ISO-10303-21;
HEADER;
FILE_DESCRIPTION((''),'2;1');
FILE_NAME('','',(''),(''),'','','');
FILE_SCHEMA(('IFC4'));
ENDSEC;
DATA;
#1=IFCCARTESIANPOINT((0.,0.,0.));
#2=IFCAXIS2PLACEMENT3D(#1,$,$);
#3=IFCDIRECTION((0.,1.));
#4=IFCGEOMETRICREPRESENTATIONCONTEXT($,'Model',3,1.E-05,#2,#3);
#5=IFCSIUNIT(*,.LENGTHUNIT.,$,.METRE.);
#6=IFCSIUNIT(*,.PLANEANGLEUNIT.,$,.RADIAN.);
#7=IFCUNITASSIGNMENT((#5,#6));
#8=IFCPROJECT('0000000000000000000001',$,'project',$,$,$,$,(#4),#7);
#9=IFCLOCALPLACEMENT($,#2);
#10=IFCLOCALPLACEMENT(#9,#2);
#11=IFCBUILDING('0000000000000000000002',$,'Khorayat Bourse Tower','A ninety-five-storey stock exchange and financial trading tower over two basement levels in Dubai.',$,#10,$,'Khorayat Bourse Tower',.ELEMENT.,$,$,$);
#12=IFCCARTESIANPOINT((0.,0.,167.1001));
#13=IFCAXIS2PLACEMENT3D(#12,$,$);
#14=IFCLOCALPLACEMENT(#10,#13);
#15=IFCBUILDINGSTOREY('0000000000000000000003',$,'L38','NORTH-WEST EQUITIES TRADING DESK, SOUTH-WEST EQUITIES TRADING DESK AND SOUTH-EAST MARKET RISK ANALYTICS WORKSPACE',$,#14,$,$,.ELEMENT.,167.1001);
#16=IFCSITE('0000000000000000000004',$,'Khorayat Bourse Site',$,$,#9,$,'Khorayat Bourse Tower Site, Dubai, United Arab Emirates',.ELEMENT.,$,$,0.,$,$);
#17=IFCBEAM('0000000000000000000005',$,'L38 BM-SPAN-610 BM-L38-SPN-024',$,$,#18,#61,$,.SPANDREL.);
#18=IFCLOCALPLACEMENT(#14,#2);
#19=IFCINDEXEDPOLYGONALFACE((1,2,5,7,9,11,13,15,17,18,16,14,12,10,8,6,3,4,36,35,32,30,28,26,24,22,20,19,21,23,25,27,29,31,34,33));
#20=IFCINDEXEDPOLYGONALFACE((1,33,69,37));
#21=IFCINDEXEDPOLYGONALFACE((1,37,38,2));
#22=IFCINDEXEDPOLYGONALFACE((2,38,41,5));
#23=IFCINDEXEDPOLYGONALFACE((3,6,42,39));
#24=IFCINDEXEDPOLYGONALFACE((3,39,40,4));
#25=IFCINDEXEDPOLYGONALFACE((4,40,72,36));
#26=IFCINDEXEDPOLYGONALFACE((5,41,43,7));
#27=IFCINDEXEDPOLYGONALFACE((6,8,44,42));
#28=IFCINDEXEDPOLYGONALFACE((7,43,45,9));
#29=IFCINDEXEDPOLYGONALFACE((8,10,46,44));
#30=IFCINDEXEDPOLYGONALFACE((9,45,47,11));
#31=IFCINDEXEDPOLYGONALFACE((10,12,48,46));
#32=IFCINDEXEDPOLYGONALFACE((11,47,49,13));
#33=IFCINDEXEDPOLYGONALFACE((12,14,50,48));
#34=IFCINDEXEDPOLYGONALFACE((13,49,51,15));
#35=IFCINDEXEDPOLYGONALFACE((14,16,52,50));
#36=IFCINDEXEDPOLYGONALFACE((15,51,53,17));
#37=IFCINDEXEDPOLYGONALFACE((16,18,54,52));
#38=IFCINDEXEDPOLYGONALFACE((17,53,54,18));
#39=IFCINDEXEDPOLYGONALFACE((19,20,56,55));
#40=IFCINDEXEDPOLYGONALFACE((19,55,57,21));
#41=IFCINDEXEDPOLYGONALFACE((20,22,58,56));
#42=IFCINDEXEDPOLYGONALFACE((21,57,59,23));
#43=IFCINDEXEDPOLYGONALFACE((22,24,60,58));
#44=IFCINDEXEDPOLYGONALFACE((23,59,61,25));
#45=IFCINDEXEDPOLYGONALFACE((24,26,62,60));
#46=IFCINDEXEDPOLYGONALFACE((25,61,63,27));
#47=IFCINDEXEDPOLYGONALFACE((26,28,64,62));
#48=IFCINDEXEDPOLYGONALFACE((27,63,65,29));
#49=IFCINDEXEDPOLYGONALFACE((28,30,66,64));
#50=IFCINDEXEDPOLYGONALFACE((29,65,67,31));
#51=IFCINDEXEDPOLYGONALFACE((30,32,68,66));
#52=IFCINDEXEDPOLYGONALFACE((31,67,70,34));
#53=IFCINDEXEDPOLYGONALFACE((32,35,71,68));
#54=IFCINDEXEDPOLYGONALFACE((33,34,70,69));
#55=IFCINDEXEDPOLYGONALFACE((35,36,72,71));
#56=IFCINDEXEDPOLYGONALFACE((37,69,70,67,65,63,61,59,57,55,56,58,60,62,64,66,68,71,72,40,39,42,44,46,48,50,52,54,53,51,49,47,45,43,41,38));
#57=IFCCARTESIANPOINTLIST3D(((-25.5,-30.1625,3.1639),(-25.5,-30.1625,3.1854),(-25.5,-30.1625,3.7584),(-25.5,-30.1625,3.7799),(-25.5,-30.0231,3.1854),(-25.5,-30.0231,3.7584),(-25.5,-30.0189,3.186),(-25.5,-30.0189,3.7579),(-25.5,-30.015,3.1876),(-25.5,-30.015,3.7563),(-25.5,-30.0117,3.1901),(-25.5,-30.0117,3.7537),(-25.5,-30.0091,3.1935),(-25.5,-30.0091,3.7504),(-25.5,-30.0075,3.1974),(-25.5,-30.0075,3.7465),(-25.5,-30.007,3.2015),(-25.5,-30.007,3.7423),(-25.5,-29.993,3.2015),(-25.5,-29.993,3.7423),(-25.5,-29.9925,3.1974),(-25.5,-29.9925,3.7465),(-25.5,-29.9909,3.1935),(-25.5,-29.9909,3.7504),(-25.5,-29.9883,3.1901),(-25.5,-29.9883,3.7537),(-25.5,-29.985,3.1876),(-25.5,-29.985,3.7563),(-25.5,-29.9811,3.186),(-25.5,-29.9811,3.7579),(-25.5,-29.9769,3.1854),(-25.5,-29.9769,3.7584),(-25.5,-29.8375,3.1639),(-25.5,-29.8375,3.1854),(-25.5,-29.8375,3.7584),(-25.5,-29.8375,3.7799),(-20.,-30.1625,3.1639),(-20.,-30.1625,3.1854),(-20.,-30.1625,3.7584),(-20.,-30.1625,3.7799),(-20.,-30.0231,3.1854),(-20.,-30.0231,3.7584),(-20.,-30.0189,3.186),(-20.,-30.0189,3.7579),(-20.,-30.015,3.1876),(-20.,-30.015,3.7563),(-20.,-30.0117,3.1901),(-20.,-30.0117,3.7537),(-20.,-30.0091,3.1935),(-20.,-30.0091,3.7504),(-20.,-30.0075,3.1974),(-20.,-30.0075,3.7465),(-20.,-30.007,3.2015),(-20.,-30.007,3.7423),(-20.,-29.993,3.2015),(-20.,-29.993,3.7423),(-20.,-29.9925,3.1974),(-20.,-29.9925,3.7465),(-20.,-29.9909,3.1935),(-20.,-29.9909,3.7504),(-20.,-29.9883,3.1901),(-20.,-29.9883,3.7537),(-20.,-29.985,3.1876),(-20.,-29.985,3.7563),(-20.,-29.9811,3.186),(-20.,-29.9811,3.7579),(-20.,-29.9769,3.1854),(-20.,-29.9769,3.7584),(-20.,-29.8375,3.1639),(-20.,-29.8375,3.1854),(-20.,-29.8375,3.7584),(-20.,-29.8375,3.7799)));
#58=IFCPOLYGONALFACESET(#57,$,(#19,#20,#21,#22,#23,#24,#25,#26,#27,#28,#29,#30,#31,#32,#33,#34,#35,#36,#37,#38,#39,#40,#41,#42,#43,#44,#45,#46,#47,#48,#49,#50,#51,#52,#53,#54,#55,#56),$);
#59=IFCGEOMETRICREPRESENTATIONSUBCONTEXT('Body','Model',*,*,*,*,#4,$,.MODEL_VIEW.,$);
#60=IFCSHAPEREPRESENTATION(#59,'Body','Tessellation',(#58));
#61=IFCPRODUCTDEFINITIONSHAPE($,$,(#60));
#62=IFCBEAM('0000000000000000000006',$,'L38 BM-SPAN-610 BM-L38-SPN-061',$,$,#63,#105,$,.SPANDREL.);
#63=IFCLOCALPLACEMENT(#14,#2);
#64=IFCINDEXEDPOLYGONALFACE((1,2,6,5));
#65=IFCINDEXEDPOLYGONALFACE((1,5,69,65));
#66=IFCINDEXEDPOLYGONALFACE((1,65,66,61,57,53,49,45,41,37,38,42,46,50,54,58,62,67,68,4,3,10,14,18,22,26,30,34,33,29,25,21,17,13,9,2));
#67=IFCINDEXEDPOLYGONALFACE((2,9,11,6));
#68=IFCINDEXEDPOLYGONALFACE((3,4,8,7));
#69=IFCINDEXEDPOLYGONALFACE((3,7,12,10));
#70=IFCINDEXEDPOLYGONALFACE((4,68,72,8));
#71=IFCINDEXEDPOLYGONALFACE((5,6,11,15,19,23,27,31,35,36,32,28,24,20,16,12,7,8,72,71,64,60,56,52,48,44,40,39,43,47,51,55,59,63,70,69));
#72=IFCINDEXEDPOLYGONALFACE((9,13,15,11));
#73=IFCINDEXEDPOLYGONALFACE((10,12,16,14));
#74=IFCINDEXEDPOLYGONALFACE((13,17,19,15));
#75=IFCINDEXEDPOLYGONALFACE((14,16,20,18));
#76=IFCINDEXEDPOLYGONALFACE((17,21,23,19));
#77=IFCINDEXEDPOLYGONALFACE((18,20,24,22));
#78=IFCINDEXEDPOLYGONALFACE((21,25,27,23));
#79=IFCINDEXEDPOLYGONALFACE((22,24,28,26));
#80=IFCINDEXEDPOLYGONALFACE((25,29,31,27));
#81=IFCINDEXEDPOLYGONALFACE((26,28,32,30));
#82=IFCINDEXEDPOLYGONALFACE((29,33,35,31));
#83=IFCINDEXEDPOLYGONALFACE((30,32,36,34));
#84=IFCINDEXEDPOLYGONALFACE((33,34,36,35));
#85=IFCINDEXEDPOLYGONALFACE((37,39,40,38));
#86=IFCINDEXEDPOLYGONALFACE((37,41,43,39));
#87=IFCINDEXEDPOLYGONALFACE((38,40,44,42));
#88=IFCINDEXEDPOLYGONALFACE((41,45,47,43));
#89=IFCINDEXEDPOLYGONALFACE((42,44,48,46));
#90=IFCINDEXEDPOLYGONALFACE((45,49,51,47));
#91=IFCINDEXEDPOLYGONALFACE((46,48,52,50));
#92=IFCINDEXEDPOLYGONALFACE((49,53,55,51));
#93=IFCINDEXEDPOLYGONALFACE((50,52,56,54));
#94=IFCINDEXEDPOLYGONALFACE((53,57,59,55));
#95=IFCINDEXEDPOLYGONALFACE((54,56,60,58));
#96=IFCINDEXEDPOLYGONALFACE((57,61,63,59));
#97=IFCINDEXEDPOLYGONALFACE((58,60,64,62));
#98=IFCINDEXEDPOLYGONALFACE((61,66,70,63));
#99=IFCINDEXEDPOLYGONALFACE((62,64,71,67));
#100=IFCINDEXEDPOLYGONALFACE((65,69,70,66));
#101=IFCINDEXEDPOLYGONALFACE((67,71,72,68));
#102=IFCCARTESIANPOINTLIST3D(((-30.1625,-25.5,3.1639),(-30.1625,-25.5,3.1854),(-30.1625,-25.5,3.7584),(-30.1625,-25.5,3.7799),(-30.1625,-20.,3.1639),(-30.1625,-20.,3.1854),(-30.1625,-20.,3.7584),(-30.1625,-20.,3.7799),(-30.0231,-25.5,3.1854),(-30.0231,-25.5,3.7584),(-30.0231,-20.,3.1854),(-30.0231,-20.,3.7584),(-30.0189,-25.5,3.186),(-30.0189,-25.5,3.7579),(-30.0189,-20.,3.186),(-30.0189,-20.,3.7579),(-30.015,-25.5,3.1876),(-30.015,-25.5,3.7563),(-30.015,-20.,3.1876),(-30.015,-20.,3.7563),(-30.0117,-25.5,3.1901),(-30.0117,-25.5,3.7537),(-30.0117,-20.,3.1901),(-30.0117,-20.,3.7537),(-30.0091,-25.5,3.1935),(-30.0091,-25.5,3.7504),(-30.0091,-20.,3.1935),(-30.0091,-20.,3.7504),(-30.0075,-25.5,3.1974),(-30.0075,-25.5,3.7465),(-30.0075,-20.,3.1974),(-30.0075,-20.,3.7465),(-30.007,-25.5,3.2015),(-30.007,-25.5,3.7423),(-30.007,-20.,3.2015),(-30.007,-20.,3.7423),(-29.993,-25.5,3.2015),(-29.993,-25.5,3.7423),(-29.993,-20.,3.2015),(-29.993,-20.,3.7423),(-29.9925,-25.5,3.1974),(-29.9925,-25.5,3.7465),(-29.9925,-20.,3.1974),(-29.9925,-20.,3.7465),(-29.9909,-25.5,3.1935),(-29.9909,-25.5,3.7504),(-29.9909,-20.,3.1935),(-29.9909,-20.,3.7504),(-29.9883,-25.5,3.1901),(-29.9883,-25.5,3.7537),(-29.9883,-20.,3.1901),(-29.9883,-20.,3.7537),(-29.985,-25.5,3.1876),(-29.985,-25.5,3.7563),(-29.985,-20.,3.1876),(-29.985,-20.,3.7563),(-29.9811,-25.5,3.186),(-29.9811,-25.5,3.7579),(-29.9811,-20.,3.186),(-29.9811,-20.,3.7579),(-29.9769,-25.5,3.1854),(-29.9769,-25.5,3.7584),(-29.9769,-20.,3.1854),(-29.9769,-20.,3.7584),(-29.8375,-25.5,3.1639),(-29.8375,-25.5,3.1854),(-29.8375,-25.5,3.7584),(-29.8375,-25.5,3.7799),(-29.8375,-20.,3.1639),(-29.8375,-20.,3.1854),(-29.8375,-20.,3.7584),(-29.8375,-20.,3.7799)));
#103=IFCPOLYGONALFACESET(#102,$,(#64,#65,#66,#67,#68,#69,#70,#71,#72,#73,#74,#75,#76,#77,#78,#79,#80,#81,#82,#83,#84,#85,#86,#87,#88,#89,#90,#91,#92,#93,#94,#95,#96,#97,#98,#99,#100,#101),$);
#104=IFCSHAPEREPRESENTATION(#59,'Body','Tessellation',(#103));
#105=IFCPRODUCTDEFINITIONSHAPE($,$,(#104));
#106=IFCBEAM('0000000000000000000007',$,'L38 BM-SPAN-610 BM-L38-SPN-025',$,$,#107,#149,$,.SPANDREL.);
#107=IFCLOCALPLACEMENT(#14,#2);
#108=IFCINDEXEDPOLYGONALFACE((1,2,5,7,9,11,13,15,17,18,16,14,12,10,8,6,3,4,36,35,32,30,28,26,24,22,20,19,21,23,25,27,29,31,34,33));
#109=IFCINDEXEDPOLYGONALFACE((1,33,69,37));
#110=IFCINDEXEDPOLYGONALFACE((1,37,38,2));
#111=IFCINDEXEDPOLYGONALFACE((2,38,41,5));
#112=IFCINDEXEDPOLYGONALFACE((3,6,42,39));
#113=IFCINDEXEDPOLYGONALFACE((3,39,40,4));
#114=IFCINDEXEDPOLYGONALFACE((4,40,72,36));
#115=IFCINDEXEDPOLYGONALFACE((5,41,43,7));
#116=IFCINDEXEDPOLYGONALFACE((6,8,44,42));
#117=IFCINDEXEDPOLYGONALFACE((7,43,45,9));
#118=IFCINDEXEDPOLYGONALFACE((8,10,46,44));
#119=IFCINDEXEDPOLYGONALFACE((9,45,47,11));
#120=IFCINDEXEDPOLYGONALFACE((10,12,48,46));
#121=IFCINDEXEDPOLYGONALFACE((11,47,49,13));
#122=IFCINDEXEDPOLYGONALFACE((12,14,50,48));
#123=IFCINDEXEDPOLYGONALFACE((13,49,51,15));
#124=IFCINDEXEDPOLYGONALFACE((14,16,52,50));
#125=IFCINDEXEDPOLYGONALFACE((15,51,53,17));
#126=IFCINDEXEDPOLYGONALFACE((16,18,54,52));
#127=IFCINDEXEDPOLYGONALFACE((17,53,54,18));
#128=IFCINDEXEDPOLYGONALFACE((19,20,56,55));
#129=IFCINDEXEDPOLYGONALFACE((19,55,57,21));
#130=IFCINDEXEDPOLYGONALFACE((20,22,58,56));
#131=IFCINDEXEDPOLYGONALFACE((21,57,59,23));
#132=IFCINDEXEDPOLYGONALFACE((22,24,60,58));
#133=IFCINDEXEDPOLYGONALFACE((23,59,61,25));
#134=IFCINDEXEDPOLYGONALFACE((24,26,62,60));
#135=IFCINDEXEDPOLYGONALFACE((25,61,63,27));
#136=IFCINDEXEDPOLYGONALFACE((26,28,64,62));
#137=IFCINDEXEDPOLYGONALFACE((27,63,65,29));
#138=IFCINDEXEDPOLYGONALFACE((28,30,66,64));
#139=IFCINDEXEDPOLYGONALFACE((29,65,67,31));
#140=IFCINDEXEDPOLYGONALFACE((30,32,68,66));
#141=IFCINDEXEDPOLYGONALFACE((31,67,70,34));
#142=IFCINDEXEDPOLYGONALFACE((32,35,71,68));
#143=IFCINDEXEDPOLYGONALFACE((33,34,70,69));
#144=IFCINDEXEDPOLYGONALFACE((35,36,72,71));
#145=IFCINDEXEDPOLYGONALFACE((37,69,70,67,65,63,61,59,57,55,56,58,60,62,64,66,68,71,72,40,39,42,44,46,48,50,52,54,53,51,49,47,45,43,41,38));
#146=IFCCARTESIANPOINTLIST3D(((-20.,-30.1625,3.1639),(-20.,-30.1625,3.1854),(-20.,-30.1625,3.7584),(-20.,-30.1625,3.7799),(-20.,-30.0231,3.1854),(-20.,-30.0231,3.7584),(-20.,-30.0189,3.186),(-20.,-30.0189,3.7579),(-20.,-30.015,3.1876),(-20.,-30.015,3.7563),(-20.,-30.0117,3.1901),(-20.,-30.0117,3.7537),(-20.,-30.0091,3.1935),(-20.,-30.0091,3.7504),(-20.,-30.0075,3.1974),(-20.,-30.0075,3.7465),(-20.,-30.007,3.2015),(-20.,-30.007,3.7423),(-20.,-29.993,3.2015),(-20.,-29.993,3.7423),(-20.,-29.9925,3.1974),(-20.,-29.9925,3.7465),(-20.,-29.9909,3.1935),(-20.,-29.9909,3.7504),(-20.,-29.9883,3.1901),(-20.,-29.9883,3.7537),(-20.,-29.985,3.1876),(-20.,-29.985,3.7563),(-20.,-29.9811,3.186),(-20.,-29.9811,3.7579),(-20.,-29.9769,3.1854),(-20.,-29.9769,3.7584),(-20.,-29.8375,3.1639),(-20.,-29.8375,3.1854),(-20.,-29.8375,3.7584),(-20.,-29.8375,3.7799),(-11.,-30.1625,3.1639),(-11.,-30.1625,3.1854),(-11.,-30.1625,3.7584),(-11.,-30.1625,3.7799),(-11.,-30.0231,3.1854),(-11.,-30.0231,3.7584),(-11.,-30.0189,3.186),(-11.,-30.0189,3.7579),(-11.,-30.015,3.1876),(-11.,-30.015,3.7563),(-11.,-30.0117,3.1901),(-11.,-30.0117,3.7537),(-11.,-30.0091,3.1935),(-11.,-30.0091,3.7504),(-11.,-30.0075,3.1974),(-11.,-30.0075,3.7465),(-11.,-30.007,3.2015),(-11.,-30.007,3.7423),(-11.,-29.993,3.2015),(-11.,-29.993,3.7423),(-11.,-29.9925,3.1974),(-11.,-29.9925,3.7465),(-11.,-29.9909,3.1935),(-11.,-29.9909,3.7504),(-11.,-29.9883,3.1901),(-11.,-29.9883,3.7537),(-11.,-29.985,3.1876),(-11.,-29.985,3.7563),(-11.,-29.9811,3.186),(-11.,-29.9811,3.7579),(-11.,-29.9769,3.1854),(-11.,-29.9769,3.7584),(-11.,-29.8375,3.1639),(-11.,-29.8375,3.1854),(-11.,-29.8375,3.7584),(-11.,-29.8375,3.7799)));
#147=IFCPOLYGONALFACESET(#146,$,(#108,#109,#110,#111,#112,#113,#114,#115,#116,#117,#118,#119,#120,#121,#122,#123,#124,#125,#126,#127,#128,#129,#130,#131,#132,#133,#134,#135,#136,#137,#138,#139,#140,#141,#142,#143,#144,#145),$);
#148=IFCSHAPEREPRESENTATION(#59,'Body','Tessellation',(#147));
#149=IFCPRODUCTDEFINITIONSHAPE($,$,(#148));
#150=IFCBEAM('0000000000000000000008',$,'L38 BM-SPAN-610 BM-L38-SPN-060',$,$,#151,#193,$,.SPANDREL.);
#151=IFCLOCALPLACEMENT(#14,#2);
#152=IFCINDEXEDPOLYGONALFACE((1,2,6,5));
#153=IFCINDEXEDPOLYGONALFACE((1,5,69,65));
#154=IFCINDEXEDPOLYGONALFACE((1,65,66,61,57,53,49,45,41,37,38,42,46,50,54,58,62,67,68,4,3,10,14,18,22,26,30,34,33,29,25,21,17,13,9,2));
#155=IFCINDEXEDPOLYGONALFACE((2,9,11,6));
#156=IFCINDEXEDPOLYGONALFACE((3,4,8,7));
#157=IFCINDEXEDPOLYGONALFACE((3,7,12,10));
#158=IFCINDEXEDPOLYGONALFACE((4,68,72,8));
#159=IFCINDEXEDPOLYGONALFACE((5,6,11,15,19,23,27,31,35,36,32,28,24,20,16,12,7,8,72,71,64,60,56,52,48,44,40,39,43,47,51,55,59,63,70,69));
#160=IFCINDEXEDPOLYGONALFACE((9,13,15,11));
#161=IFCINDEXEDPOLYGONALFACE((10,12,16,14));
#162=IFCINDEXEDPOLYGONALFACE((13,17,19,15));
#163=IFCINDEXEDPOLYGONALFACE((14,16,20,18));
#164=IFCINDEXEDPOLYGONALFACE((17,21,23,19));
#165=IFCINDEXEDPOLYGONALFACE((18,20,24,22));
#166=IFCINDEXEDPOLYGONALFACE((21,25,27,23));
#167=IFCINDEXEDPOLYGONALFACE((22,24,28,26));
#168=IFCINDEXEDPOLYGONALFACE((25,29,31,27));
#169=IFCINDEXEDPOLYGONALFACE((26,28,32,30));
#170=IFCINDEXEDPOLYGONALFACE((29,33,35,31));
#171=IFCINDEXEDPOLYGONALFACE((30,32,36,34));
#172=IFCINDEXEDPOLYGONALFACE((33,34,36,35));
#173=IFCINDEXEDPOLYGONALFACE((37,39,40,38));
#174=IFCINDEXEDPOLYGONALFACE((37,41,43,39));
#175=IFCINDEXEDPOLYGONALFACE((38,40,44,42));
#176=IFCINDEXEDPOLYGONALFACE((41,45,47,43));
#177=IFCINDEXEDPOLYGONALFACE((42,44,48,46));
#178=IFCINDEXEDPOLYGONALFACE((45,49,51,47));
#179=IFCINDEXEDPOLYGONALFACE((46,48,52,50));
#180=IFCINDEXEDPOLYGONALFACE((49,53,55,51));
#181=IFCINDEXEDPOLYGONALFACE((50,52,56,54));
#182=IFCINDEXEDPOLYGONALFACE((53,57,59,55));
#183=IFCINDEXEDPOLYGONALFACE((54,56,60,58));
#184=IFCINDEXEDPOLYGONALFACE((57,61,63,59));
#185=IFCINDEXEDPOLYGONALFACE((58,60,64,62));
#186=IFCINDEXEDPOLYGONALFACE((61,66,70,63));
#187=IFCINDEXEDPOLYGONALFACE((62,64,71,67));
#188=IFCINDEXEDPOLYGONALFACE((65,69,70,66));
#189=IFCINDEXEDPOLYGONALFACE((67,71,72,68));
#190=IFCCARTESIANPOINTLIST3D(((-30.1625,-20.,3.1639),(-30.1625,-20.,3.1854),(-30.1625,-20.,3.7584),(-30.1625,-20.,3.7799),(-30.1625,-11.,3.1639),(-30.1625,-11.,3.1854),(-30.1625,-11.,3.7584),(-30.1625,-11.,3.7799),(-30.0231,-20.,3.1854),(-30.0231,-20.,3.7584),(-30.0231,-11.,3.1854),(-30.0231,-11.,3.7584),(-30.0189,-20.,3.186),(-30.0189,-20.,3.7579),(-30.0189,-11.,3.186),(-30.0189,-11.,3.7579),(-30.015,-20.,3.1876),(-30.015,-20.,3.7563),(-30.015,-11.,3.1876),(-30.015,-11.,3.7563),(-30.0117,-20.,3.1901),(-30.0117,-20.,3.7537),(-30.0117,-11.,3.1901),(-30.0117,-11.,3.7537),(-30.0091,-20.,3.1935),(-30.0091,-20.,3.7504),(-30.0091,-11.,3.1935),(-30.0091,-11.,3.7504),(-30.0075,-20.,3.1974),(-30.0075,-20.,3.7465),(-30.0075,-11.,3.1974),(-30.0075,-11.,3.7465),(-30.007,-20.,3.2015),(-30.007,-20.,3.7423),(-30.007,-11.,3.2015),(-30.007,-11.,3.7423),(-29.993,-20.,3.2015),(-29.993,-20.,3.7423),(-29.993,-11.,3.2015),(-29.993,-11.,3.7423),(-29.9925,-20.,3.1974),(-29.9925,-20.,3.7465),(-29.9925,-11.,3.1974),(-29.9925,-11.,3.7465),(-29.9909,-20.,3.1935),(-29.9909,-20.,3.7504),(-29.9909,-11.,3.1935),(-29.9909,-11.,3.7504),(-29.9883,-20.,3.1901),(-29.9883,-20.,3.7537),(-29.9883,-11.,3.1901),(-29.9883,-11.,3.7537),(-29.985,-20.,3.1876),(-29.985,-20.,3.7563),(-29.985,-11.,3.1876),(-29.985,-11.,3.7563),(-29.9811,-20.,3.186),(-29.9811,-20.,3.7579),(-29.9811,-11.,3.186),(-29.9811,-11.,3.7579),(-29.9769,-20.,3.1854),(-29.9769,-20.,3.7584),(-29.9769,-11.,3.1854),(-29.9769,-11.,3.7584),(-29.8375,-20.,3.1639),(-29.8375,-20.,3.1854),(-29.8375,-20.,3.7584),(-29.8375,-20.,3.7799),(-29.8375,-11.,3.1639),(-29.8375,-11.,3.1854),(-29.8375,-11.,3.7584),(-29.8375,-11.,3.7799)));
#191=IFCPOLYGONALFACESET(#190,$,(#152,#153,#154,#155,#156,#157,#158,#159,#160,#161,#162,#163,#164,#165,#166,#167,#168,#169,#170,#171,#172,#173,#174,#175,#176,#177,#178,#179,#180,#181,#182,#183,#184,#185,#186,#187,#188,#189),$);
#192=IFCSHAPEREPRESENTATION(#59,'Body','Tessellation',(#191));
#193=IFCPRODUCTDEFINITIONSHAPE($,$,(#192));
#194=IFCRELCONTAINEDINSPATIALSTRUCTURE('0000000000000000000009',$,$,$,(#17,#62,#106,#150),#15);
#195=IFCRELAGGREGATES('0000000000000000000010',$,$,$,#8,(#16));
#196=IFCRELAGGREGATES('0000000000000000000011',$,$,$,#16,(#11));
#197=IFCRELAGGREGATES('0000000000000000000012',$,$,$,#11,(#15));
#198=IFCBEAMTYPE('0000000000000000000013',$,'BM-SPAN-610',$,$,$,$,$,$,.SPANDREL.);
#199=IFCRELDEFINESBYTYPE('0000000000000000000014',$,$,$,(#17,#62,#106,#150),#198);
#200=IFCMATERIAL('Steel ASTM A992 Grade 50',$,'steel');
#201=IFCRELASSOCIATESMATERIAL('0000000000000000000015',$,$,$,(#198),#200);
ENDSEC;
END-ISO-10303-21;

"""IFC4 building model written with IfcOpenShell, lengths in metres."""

from ifc_helpers import new_model, si_unit, direction, frame, origin, origin_2d, place, context, subcontext, project, spatial, i_section, extrude, source, transform, mapped, material, material_profile, profile_set, type_object, element, save


model = new_model("IFC4")

# Units and contexts
model_context = context("Model", 3, precision=1e-05, world=origin(), true_north=direction((0.0, 1.0)))
body_context = subcontext(model_context, "Body", "Model", "MODEL_VIEW")
ifc_project = project(units=[si_unit("LENGTHUNIT", "METRE"), si_unit("PLANEANGLEUNIT", "RADIAN")], contexts=[model_context])

# Site, building, storey
site_placement = place(None, origin())
site = spatial("IfcSite", under=ifc_project, at=site_placement, Name="Khorayat Bourse Site", LongName="Khorayat Bourse Tower Site, Dubai, United Arab Emirates", CompositionType="ELEMENT", RefElevation=0.0)
building_placement = place(site_placement, origin())
building = spatial("IfcBuilding", under=site, at=building_placement, Name="Khorayat Bourse Tower", Description="A ninety-five-storey stock exchange and financial trading tower over two basement levels in Dubai.", LongName="Khorayat Bourse Tower", CompositionType="ELEMENT")
storey_placement = place(building_placement, frame((0.0, 0.0, 167.1001)))
storey = spatial("IfcBuildingStorey", under=building, at=storey_placement, Name="L38", Description="NORTH-WEST EQUITIES TRADING DESK, SOUTH-WEST EQUITIES TRADING DESK AND SOUTH-EAST MARKET RISK ANALYTICS WORKSPACE", CompositionType="ELEMENT", Elevation=167.1001)

# Beams
ifc_material_1 = material(Name="Steel ASTM A992 Grade 50", Category="steel")
ifc_material_profile_1 = material_profile(ifc_material_1, i_section(OverallWidth=0.325, OverallDepth=0.616, WebThickness=0.0139, FlangeThickness=0.0215, FilletRadius=0.0161, at=origin_2d()), Name="W610X174")
ifc_profile_set_1 = profile_set([ifc_material_profile_1], Name="Steel ASTM A992 Grade 50")
beam_type_1 = type_object("IfcBeamType", Name="BM-SPAN-610", PredefinedType="SPANDREL", material=ifc_profile_set_1)
shared_shape_1 = source(origin(), body_context, "Body", "SweptSolid", [
    extrude(i_section(OverallWidth=0.325, OverallDepth=0.616, WebThickness=0.0139, FlangeThickness=0.0215, FilletRadius=0.0161, at=origin_2d()), origin(), (0.0, 0.0, 1.0), 5.5),
])
for number, where, z_axis, x_axis, name in (
    (1, (-25.5, -30.0, 3.4719), (1.0, 0.0, 0.0), (0.0, 1.0, 0.0), "L38 BM-SPAN-610 BM-L38-SPN-024"),
    (2, (-30.0, -25.5, 3.4719), (0.0, 1.0, 0.0), (-1.0, 0.0, 0.0), "L38 BM-SPAN-610 BM-L38-SPN-061"),
):
    element("IfcBeam", number, at=place(storey_placement, frame(where, z_axis=z_axis, x_axis=x_axis)), inside=storey, type_object=beam_type_1, Name=name, PredefinedType="SPANDREL", context=body_context, shape_type="MappedRepresentation", body=[
        mapped(shared_shape_1, transform((0.0, 0.0, 0.0), scale=1.0)),
    ])
shared_shape_2 = source(origin(), body_context, "Body", "SweptSolid", [
    extrude(i_section(OverallWidth=0.325, OverallDepth=0.616, WebThickness=0.0139, FlangeThickness=0.0215, FilletRadius=0.0161, at=origin_2d()), origin(), (0.0, 0.0, 1.0), 9.0),
])
for number, where, z_axis, x_axis, name in (
    (3, (-20.0, -30.0, 3.4719), (1.0, 0.0, 0.0), (0.0, 1.0, 0.0), "L38 BM-SPAN-610 BM-L38-SPN-025"),
    (4, (-30.0, -20.0, 3.4719), (0.0, 1.0, 0.0), (-1.0, 0.0, 0.0), "L38 BM-SPAN-610 BM-L38-SPN-060"),
):
    element("IfcBeam", number, at=place(storey_placement, frame(where, z_axis=z_axis, x_axis=x_axis)), inside=storey, type_object=beam_type_1, Name=name, PredefinedType="SPANDREL", context=body_context, shape_type="MappedRepresentation", body=[
        mapped(shared_shape_2, transform((0.0, 0.0, 0.0), scale=1.0)),
    ])

save(model, "model.ifc")
